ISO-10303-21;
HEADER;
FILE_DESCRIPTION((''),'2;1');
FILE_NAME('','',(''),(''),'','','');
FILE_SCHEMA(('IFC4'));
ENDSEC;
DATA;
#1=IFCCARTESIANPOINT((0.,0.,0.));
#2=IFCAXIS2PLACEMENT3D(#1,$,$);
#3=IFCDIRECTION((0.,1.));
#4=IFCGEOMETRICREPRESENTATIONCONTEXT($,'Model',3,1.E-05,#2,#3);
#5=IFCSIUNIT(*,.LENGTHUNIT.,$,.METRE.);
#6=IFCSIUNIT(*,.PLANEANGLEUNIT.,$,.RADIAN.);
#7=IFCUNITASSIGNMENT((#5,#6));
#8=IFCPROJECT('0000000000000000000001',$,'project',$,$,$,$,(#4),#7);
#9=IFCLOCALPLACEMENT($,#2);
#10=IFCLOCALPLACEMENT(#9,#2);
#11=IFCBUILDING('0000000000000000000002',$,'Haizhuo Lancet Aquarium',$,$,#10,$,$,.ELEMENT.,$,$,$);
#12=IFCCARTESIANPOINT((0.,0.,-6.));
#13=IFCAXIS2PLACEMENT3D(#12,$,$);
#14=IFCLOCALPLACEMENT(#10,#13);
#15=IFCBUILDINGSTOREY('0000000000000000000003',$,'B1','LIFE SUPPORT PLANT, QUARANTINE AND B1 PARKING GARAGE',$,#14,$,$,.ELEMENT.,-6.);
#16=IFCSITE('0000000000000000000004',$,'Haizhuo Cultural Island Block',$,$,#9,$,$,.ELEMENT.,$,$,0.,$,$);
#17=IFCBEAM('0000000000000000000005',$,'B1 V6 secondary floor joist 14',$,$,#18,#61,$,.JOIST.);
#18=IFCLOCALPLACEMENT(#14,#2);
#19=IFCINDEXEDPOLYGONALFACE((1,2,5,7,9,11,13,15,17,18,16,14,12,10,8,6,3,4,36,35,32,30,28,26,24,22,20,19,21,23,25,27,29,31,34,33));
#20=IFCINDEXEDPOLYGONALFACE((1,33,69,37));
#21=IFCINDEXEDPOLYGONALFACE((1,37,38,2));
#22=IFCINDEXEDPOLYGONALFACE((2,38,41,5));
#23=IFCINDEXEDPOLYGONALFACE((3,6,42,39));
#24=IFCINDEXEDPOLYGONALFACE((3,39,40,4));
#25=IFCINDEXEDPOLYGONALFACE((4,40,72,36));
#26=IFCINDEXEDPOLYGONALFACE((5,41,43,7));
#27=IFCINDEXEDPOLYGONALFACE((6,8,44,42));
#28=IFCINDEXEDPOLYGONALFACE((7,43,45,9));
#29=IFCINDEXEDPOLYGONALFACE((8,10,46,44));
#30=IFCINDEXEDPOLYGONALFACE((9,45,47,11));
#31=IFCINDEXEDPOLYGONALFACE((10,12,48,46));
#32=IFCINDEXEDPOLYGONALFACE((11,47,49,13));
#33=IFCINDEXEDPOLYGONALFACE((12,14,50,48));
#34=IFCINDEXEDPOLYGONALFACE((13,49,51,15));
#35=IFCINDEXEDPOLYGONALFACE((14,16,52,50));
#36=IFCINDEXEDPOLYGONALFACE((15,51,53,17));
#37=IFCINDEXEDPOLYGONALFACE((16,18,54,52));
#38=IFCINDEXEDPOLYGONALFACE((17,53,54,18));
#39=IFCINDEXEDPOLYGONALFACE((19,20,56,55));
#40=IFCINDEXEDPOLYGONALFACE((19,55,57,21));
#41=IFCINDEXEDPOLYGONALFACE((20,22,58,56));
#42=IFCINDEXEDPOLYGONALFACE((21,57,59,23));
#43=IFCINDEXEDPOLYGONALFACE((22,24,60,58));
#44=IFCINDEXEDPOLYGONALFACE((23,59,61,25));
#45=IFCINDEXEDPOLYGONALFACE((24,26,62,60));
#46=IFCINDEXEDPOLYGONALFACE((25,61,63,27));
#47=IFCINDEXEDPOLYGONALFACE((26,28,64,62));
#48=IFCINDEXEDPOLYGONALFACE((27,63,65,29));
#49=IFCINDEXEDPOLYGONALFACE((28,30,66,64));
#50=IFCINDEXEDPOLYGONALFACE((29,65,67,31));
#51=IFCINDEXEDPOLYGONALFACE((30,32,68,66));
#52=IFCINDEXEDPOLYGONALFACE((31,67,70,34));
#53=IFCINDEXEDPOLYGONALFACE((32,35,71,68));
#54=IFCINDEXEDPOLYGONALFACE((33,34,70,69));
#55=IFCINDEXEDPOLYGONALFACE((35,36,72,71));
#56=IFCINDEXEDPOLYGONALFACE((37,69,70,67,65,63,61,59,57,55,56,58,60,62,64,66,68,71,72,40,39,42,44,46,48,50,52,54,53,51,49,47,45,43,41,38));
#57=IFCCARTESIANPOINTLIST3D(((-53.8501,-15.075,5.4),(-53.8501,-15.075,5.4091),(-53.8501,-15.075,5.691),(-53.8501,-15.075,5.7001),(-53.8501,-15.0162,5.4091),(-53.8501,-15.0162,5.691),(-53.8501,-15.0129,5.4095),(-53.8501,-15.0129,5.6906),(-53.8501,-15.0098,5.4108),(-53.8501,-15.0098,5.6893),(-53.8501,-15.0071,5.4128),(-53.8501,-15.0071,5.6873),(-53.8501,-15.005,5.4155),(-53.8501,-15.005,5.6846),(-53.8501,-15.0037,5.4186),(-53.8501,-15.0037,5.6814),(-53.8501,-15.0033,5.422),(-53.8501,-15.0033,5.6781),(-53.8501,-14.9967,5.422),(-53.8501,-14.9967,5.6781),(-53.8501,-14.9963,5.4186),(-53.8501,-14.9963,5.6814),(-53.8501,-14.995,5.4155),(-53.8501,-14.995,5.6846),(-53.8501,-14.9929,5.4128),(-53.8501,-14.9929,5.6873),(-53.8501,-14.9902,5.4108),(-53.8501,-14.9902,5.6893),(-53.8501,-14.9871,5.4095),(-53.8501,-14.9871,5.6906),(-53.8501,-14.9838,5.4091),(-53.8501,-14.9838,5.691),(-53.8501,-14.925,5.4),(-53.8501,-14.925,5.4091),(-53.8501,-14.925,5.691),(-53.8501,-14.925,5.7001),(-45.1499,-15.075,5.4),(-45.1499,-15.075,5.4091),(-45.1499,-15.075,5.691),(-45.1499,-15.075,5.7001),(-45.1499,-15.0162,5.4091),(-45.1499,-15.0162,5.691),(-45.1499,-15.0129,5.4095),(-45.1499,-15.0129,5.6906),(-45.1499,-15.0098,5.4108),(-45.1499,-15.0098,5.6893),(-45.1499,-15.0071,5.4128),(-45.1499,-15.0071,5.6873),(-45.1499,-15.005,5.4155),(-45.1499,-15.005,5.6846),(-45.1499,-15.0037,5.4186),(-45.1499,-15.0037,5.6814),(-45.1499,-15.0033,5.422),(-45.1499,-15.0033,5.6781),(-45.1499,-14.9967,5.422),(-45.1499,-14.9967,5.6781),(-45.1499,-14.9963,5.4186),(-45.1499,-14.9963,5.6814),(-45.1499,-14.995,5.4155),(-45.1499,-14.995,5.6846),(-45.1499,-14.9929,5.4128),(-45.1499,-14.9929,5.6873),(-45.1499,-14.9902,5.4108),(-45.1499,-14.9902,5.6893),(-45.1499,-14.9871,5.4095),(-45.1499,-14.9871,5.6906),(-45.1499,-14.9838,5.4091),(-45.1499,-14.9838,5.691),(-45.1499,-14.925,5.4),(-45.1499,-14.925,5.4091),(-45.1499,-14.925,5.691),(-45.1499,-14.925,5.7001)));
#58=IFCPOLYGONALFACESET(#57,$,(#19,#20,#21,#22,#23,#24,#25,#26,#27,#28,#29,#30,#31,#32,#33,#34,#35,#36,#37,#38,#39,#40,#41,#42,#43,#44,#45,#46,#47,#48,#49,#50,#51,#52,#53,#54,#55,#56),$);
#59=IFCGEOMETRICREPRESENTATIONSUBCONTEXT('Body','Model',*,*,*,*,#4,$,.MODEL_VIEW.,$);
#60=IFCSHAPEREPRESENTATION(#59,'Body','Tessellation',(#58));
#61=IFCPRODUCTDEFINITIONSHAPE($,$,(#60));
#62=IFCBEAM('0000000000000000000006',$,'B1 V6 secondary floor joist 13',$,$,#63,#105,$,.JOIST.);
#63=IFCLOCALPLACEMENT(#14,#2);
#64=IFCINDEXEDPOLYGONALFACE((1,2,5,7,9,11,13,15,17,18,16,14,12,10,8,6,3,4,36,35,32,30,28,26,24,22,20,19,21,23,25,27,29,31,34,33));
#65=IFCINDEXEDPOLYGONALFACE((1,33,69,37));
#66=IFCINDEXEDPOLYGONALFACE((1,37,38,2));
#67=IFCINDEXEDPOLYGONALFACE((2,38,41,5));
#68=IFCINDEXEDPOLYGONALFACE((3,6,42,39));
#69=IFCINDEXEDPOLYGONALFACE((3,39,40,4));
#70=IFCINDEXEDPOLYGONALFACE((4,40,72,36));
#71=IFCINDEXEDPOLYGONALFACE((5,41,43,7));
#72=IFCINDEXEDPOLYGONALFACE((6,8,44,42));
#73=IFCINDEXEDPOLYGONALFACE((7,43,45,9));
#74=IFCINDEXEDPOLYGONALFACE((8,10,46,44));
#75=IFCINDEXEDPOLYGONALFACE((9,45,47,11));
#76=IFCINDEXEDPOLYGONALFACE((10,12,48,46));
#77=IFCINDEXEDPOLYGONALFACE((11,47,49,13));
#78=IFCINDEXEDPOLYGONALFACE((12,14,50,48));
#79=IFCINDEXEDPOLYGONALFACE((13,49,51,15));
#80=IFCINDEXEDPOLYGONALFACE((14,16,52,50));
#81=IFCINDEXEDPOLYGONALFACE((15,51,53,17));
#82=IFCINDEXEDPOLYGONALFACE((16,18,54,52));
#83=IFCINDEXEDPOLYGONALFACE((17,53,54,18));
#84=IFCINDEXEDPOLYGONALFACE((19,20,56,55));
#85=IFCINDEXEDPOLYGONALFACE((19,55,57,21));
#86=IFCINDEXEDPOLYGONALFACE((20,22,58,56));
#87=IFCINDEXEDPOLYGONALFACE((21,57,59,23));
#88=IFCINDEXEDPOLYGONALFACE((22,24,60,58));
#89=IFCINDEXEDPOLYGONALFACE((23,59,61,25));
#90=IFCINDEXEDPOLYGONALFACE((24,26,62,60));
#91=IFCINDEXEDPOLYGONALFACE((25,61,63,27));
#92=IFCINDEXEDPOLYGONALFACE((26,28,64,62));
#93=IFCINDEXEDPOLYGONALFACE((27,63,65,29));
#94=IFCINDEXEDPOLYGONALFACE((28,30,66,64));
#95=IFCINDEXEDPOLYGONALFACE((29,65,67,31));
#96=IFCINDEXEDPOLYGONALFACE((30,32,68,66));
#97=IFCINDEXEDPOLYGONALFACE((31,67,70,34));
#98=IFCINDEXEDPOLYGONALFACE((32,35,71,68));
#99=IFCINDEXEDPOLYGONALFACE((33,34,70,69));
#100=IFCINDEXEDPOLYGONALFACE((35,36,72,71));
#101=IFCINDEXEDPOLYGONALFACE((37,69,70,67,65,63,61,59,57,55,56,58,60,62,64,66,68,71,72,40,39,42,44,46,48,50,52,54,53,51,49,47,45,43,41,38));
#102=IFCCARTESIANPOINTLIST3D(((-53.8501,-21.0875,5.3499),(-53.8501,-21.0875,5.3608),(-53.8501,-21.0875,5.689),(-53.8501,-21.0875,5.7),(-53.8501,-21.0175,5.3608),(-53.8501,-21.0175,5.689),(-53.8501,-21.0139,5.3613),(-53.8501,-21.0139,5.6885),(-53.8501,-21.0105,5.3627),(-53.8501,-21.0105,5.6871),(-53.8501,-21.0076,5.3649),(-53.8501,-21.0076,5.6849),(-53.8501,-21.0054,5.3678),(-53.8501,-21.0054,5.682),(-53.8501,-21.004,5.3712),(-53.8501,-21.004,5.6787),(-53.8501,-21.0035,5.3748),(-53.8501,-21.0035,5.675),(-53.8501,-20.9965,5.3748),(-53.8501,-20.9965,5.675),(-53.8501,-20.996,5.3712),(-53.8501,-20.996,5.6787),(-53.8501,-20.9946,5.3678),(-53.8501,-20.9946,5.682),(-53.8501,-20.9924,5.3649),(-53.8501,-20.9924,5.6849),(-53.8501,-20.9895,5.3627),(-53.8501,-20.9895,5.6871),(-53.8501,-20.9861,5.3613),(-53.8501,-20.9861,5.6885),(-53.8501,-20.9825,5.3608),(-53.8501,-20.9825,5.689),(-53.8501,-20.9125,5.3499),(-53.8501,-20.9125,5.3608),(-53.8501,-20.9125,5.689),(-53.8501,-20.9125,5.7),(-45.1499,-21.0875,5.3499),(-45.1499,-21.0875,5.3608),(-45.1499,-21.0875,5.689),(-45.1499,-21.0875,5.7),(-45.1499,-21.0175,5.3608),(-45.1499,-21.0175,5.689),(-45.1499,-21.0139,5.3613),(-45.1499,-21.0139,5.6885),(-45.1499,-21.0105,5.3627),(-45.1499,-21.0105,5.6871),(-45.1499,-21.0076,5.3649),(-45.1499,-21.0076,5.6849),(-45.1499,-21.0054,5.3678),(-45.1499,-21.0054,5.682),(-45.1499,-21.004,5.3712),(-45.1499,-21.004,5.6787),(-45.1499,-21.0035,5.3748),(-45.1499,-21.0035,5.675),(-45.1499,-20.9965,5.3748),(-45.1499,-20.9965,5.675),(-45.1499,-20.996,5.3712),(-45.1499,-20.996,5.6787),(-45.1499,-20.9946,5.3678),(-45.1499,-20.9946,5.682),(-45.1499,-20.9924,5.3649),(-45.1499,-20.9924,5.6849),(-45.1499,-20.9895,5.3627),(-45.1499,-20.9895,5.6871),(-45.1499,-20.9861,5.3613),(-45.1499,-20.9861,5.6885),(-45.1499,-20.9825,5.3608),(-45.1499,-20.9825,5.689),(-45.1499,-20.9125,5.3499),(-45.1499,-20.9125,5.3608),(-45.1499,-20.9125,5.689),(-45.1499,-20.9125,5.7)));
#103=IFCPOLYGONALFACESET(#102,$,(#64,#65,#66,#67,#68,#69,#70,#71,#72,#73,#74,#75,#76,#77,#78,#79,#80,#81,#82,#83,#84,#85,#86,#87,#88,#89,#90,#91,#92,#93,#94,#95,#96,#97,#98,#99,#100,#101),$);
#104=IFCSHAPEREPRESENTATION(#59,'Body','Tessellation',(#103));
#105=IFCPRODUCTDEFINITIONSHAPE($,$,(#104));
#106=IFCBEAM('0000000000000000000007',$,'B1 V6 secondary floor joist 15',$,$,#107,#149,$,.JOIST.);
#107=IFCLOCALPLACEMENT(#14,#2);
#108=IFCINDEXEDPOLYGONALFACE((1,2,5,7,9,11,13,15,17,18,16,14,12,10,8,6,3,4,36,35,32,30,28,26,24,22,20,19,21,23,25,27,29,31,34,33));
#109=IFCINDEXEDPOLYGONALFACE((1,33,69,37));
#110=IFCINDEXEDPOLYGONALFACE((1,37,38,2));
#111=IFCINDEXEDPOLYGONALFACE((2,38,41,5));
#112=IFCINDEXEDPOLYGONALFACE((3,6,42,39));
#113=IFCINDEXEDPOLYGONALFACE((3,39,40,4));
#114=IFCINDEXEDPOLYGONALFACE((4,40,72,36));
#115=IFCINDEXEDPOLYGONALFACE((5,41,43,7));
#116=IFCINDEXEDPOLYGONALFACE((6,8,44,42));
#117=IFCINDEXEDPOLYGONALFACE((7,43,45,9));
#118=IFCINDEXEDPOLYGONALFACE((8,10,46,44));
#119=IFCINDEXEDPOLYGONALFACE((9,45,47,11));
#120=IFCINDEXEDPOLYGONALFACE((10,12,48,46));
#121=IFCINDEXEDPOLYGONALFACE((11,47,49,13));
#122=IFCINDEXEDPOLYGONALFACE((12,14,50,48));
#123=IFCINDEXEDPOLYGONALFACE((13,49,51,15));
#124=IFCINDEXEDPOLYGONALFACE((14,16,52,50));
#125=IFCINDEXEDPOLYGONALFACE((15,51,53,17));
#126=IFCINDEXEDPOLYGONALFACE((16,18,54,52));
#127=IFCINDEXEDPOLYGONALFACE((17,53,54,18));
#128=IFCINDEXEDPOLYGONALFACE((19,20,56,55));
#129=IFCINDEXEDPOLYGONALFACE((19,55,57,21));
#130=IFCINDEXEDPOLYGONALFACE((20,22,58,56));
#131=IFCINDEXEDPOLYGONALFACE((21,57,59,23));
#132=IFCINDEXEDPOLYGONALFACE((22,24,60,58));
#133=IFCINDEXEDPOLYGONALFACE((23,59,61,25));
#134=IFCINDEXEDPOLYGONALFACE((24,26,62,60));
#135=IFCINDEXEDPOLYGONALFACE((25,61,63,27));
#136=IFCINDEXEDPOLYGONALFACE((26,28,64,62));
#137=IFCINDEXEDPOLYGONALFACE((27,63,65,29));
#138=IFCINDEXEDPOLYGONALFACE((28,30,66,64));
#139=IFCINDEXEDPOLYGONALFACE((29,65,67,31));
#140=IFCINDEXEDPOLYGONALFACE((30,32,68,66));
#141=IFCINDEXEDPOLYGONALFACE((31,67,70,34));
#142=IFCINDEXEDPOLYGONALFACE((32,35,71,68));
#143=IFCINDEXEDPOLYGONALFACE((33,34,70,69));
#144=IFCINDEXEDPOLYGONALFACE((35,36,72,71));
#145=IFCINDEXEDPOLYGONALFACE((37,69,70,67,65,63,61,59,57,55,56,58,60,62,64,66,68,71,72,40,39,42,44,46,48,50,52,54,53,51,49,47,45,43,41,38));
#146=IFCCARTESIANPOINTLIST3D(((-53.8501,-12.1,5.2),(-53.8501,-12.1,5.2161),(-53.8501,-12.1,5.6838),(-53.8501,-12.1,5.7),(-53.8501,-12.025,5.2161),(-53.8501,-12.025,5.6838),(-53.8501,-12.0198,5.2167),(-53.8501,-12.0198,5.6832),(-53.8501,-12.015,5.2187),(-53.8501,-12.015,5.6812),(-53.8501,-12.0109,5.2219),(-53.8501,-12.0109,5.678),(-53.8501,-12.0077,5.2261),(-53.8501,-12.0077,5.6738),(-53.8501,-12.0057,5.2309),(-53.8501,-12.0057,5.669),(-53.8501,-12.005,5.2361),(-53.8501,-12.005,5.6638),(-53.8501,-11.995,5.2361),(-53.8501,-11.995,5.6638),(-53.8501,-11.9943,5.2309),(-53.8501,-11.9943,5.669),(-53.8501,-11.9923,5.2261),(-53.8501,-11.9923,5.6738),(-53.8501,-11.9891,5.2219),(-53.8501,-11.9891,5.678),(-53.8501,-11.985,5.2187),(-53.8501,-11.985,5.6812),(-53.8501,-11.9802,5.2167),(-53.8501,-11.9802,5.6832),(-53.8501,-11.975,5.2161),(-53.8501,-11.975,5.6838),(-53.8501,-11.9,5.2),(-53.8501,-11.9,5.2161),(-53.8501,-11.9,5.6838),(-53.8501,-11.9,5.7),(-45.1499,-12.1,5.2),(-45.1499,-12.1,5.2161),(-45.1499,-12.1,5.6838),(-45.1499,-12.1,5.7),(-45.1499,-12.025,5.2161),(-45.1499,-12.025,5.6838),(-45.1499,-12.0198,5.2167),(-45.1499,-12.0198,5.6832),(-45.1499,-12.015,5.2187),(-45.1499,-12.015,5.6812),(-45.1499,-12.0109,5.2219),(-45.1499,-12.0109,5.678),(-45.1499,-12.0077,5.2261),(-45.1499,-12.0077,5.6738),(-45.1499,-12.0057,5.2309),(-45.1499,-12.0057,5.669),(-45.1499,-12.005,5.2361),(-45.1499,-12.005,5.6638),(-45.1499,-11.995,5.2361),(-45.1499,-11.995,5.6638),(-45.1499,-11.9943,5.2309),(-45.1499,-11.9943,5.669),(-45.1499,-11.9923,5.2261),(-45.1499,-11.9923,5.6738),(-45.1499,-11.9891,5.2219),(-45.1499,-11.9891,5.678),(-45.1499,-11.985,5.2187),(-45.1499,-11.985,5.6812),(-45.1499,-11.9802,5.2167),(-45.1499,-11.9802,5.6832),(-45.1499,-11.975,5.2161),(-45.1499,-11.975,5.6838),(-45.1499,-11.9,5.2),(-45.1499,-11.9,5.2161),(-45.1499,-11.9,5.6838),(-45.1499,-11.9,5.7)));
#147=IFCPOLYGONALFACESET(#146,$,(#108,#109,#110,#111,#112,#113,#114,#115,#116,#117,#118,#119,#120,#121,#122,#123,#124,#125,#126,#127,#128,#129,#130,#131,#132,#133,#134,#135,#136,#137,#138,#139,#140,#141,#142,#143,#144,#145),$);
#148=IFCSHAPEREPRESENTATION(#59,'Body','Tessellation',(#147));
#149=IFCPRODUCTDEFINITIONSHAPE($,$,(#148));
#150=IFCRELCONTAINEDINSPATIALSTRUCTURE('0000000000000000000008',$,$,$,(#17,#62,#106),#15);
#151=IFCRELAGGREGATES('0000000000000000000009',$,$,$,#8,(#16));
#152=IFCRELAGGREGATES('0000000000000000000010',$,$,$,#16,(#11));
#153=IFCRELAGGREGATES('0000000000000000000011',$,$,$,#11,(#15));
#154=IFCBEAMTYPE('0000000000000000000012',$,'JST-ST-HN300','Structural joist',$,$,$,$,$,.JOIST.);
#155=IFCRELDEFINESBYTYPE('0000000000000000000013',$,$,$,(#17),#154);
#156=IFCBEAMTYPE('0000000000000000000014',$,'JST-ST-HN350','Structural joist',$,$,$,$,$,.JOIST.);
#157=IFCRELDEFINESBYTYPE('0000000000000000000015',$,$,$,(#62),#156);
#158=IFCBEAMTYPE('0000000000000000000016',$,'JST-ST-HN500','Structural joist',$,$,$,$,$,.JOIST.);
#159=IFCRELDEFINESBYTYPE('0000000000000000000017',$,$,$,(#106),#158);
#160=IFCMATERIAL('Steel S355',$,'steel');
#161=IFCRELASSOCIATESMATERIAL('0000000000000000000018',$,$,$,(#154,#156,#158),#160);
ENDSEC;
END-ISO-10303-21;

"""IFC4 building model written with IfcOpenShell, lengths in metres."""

from ifc_helpers import new_model, si_unit, direction, frame, origin, origin_2d, place, context, subcontext, project, spatial, i_section, extrude, material, material_profile, profile_set, type_object, element, save


model = new_model("IFC4")

# Units and contexts
model_context = context("Model", 3, precision=1e-05, world=origin(), true_north=direction((0.0, 1.0)))
body_context = subcontext(model_context, "Body", "Model", "MODEL_VIEW")
ifc_project = project(units=[si_unit("LENGTHUNIT", "METRE"), si_unit("PLANEANGLEUNIT", "RADIAN")], contexts=[model_context])

# Site, building, storey
site_placement = place(None, origin())
site = spatial("IfcSite", under=ifc_project, at=site_placement, Name="Haizhuo Cultural Island Block", CompositionType="ELEMENT", RefElevation=0.0)
building_placement = place(site_placement, origin())
building = spatial("IfcBuilding", under=site, at=building_placement, Name="Haizhuo Lancet Aquarium", CompositionType="ELEMENT")
storey_placement = place(building_placement, frame((0.0, 0.0, -6.0)))
storey = spatial("IfcBuildingStorey", under=building, at=storey_placement, Name="B1", Description="LIFE SUPPORT PLANT, QUARANTINE AND B1 PARKING GARAGE", CompositionType="ELEMENT", Elevation=-6.0)

# Beams
ifc_material_1 = material(Name="Steel S355", Category="steel")
ifc_material_profile_1 = material_profile(ifc_material_1, i_section(OverallWidth=0.1499, OverallDepth=0.3, WebThickness=0.0066, FlangeThickness=0.009, FilletRadius=0.0129, at=origin_2d()), Name="HN 300x150x6.5x9")
ifc_profile_set_1 = profile_set([ifc_material_profile_1], Name="Steel S355")
beam_type_1 = type_object("IfcBeamType", Name="JST-ST-HN300", Description="Structural joist", PredefinedType="JOIST", material=ifc_profile_set_1)
beam_1_placement = place(storey_placement, frame((-53.8501, -15.0, 5.55), z_axis=(1.0, 0.0, 0.0), x_axis=(0.0, 1.0, 0.0)))
element("IfcBeam", 1, at=beam_1_placement, inside=storey, type_object=beam_type_1, Name="B1 V6 secondary floor joist 14", PredefinedType="JOIST", context=body_context, shape_type="SweptSolid", body=[
    extrude(i_section(OverallWidth=0.1499, OverallDepth=0.3, WebThickness=0.0066, FlangeThickness=0.009, FilletRadius=0.0129, at=origin_2d()), origin(), (0.0, 0.0, 1.0), 8.7002),
])
ifc_material_profile_2 = material_profile(ifc_material_1, i_section(OverallWidth=0.175, OverallDepth=0.3501, WebThickness=0.0071, FlangeThickness=0.011, FilletRadius=0.0139, at=origin_2d()), Name="HN 350x175x7x11")
ifc_profile_set_2 = profile_set([ifc_material_profile_2], Name="Steel S355")
beam_type_2 = type_object("IfcBeamType", Name="JST-ST-HN350", Description="Structural joist", PredefinedType="JOIST", material=ifc_profile_set_2)
beam_2_placement = place(storey_placement, frame((-53.8501, -21.0, 5.5249), z_axis=(1.0, 0.0, 0.0), x_axis=(0.0, 1.0, 0.0)))
element("IfcBeam", 2, at=beam_2_placement, inside=storey, type_object=beam_type_2, Name="B1 V6 secondary floor joist 13", PredefinedType="JOIST", context=body_context, shape_type="SweptSolid", body=[
    extrude(i_section(OverallWidth=0.175, OverallDepth=0.3501, WebThickness=0.0071, FlangeThickness=0.011, FilletRadius=0.0139, at=origin_2d()), origin(), (0.0, 0.0, 1.0), 8.7002),
])
ifc_material_profile_3 = material_profile(ifc_material_1, i_section(OverallWidth=0.2, OverallDepth=0.5, WebThickness=0.01, FlangeThickness=0.0161, FilletRadius=0.02, at=origin_2d()), Name="HN 500x200x10x16")
ifc_profile_set_3 = profile_set([ifc_material_profile_3], Name="Steel S355")
beam_type_3 = type_object("IfcBeamType", Name="JST-ST-HN500", Description="Structural joist", PredefinedType="JOIST", material=ifc_profile_set_3)
beam_3_placement = place(storey_placement, frame((-53.8501, -12.0, 5.45), z_axis=(1.0, 0.0, 0.0), x_axis=(0.0, 1.0, 0.0)))
element("IfcBeam", 3, at=beam_3_placement, inside=storey, type_object=beam_type_3, Name="B1 V6 secondary floor joist 15", PredefinedType="JOIST", context=body_context, shape_type="SweptSolid", body=[
    extrude(i_section(OverallWidth=0.2, OverallDepth=0.5, WebThickness=0.01, FlangeThickness=0.0161, FilletRadius=0.02, at=origin_2d()), origin(), (0.0, 0.0, 1.0), 8.7002),
])

save(model, "model.ifc")
